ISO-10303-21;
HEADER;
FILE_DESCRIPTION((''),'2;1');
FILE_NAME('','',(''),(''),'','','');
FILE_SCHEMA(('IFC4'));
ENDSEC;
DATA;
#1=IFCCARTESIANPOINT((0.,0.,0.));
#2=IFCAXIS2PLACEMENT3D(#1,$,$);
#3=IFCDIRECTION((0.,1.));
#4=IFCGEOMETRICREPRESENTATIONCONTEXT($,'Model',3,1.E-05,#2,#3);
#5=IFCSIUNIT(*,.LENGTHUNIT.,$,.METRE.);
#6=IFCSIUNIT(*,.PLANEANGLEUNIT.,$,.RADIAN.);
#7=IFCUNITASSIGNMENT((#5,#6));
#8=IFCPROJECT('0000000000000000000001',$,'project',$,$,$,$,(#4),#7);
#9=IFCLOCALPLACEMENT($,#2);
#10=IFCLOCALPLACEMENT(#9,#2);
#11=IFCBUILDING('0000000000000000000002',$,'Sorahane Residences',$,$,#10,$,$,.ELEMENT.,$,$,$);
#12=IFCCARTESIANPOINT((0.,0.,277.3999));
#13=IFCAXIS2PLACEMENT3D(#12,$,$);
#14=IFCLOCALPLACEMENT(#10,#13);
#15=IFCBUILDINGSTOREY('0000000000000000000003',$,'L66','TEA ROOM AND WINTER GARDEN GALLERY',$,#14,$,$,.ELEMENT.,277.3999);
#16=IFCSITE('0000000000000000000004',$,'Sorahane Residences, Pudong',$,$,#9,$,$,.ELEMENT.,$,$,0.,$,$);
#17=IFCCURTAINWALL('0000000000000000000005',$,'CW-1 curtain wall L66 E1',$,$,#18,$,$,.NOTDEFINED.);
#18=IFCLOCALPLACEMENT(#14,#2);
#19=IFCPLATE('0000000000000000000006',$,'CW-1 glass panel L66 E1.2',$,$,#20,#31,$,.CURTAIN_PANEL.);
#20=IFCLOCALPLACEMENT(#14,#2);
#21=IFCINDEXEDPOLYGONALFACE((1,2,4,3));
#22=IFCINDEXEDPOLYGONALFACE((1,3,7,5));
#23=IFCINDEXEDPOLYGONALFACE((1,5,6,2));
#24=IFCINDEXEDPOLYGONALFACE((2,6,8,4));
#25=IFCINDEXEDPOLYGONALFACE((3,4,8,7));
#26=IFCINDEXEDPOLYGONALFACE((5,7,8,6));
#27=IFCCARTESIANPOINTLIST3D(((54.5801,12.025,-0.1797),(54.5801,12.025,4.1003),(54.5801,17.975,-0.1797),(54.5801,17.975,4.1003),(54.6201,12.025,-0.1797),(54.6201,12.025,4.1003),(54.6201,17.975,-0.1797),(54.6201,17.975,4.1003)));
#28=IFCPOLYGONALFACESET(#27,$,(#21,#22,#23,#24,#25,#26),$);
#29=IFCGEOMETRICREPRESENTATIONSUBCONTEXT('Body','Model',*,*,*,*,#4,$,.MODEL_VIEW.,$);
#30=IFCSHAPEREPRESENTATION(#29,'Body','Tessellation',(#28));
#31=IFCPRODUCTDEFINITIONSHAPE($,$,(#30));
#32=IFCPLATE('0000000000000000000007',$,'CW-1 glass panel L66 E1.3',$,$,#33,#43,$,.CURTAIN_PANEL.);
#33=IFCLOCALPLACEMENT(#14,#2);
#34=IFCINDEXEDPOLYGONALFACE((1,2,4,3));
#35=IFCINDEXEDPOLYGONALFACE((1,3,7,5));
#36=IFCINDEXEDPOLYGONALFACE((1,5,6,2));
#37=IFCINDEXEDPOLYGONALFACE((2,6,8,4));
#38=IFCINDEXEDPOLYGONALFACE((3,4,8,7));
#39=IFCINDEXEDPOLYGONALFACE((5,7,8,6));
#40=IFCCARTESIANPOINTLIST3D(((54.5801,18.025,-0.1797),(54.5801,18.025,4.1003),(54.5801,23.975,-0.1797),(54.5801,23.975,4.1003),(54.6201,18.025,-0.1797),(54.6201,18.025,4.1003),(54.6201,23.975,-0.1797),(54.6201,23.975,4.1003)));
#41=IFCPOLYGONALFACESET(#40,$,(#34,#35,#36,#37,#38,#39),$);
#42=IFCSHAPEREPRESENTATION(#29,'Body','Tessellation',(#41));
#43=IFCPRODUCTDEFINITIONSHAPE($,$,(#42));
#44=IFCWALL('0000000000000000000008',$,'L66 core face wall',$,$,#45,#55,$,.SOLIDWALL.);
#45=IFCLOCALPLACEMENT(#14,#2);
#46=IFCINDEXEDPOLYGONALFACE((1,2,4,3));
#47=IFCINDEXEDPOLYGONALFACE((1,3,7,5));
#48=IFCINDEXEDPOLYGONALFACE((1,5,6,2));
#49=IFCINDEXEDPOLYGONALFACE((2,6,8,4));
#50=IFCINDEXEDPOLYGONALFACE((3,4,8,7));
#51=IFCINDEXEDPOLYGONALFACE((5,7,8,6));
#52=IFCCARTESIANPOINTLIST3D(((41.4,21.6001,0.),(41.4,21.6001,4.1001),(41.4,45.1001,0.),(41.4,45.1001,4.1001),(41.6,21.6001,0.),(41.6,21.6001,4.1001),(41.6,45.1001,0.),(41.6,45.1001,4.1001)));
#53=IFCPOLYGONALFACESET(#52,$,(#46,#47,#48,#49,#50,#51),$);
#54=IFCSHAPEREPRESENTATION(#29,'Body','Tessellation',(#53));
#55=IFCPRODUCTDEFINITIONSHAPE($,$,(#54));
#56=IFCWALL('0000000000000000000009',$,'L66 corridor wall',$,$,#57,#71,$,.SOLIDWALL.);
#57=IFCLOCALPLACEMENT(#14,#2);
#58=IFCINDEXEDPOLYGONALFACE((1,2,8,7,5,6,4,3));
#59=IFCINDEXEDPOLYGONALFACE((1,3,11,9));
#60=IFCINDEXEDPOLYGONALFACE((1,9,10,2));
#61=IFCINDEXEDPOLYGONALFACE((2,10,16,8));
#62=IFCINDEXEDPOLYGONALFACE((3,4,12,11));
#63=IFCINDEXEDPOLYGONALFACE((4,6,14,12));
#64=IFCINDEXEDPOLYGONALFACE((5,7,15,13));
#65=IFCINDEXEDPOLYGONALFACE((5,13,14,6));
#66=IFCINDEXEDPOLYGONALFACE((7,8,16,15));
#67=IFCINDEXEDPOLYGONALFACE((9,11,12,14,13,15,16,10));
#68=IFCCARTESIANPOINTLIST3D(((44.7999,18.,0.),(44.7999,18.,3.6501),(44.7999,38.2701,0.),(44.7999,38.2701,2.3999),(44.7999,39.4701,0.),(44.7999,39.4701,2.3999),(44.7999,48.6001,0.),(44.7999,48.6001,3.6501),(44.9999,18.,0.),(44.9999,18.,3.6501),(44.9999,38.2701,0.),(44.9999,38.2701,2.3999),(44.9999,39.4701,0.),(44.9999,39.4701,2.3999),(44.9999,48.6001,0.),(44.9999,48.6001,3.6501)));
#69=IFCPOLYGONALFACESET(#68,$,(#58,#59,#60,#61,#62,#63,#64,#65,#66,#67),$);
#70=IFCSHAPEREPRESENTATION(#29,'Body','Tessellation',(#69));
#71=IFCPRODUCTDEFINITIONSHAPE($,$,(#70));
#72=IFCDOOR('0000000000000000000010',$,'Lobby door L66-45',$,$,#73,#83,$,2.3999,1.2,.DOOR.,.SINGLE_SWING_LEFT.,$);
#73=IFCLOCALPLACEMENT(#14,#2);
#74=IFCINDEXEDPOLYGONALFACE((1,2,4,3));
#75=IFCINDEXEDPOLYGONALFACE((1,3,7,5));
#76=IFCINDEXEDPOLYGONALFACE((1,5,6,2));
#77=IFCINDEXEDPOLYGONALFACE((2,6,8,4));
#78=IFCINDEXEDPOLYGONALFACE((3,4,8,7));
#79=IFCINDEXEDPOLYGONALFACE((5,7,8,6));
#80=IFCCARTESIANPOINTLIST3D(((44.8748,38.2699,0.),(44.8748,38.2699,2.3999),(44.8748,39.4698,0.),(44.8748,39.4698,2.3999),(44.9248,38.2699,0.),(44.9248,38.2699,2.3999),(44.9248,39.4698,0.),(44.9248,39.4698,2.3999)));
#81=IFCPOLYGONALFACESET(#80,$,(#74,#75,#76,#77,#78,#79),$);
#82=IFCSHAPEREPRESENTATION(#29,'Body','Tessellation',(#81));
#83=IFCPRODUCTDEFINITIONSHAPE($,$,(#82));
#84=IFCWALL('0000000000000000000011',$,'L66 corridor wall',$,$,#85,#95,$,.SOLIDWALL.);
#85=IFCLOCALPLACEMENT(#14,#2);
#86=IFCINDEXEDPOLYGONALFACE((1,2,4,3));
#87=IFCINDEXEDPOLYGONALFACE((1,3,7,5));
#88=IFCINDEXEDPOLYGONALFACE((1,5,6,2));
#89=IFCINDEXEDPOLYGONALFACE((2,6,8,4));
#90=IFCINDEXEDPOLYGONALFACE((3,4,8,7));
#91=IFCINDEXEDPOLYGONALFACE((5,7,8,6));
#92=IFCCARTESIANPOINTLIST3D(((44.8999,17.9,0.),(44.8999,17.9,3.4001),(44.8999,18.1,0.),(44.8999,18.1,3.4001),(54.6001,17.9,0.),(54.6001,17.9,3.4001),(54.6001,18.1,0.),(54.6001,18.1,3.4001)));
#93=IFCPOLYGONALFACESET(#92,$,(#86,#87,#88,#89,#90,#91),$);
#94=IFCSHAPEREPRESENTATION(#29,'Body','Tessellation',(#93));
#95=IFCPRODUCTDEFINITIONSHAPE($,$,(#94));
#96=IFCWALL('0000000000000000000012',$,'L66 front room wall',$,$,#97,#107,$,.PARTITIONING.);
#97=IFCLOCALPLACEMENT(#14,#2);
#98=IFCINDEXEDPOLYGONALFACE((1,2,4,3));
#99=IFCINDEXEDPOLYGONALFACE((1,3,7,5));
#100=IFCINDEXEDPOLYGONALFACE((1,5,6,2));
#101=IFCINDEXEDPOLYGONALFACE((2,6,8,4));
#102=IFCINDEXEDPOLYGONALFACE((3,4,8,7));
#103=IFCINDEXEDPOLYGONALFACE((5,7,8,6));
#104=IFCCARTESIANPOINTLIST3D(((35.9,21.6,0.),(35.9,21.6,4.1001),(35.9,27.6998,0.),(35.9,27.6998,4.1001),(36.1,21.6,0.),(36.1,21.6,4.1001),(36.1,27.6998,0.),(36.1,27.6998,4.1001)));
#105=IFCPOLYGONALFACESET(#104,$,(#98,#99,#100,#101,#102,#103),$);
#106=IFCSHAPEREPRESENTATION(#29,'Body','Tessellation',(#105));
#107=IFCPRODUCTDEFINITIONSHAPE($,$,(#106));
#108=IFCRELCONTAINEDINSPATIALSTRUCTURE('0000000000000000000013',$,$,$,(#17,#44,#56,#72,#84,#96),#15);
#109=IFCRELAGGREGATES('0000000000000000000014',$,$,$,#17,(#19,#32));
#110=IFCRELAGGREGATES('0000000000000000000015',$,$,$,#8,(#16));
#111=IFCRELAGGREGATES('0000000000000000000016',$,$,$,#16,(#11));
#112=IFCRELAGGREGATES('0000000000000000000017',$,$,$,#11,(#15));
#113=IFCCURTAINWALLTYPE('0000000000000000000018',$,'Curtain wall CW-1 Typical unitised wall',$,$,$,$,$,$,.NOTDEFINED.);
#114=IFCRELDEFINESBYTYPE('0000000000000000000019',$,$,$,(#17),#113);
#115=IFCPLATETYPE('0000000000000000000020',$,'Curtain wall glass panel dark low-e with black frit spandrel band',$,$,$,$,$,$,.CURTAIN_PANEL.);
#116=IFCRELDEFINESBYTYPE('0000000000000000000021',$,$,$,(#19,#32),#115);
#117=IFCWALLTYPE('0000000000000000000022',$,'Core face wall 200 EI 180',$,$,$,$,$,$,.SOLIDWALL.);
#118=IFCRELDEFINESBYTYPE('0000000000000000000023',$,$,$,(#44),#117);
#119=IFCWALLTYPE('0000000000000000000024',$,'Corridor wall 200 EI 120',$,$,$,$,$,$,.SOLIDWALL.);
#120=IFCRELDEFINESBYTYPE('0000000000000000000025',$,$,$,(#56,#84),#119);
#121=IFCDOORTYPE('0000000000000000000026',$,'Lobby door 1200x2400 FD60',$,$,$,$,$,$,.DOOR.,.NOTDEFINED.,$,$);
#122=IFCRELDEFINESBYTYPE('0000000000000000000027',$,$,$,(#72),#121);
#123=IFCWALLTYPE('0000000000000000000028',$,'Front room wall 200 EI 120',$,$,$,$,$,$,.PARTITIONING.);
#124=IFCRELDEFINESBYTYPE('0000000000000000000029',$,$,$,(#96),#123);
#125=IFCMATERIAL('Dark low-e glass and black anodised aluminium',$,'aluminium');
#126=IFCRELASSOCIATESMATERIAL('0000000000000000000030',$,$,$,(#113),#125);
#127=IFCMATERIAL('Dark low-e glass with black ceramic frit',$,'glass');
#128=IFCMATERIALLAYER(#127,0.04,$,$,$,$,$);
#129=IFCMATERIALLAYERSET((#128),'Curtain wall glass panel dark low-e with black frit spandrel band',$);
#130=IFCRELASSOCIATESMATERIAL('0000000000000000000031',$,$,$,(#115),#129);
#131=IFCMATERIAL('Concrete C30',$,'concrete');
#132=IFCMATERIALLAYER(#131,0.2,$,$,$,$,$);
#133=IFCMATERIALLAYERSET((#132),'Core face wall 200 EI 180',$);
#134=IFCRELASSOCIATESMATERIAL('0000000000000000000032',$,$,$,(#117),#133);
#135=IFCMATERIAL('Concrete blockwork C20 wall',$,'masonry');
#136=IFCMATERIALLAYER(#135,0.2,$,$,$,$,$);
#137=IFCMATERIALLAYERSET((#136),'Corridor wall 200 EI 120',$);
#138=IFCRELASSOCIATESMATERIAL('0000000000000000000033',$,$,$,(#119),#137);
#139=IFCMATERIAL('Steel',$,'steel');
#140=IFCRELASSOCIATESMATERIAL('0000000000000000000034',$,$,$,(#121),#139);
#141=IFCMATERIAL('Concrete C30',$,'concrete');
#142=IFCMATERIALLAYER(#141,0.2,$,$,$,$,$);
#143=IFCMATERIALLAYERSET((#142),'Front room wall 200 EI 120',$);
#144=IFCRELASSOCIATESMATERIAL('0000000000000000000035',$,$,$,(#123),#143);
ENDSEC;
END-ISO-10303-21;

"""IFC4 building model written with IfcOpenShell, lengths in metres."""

from ifc_helpers import new_model, si_unit, direction, frame, frame_2d, origin, origin_2d, place, context, subcontext, project, spatial, rectangle, extrude, material, layer, layer_set, type_object, element, fill, aggregate, save


model = new_model("IFC4")

# Units and contexts
model_context = context("Model", 3, precision=1e-05, world=origin(), true_north=direction((0.0, 1.0)))
body_context = subcontext(model_context, "Body", "Model", "MODEL_VIEW")
ifc_project = project(units=[si_unit("LENGTHUNIT", "METRE"), si_unit("PLANEANGLEUNIT", "RADIAN")], contexts=[model_context])

# Site, building, storey
site_placement = place(None, origin())
site = spatial("IfcSite", under=ifc_project, at=site_placement, Name="Sorahane Residences, Pudong", CompositionType="ELEMENT", RefElevation=0.0)
building_placement = place(site_placement, origin())
building = spatial("IfcBuilding", under=site, at=building_placement, Name="Sorahane Residences", CompositionType="ELEMENT")
storey_placement = place(building_placement, frame((0.0, 0.0, 277.3999)))
storey = spatial("IfcBuildingStorey", under=building, at=storey_placement, Name="L66", Description="TEA ROOM AND WINTER GARDEN GALLERY", CompositionType="ELEMENT", Elevation=277.3999)

# Curtain wall
ifc_material_1 = material(Name="Dark low-e glass and black anodised aluminium", Category="aluminium")
curtain_wall_type = type_object("IfcCurtainWallType", Name="Curtain wall CW-1 Typical unitised wall", PredefinedType="NOTDEFINED", material=ifc_material_1)
curtain_wall_placement = place(storey_placement, origin())
curtain_wall = element("IfcCurtainWall", 1, at=curtain_wall_placement, inside=storey, type_object=curtain_wall_type, Name="CW-1 curtain wall L66 E1", PredefinedType="NOTDEFINED")

# Plates
ifc_material_2 = material(Name="Dark low-e glass with black ceramic frit", Category="glass")
ifc_layer_1 = layer(ifc_material_2, 0.04)
ifc_layer_set_1 = layer_set([ifc_layer_1], Name="Curtain wall glass panel dark low-e with black frit spandrel band")
plate_type = type_object("IfcPlateType", Name="Curtain wall glass panel dark low-e with black frit spandrel band", PredefinedType="CURTAIN_PANEL", material=ifc_layer_set_1)
plate_1_placement = place(storey_placement, frame((54.6001, 15.0, -0.1797), z_axis=(0.0, 0.0, 1.0), x_axis=(0.0, 1.0, 0.0)))
plate_1 = element("IfcPlate", 2, at=plate_1_placement, type_object=plate_type, Name="CW-1 glass panel L66 E1.2", PredefinedType="CURTAIN_PANEL", context=body_context, shape_type="SweptSolid", body=[
    extrude(rectangle(XDim=5.95, YDim=0.04, at=origin_2d()), origin(), (0.0, 0.0, 1.0), 4.28),
])
plate_2_placement = place(storey_placement, frame((54.6001, 21.0, -0.1797), z_axis=(0.0, 0.0, 1.0), x_axis=(0.0, 1.0, 0.0)))
plate_2 = element("IfcPlate", 3, at=plate_2_placement, type_object=plate_type, Name="CW-1 glass panel L66 E1.3", PredefinedType="CURTAIN_PANEL", context=body_context, shape_type="SweptSolid", body=[
    extrude(rectangle(XDim=5.95, YDim=0.04, at=origin_2d()), origin(), (0.0, 0.0, 1.0), 4.28),
])
aggregate(curtain_wall, [plate_1, plate_2])

# Wall
ifc_material_3 = material(Name="Concrete C30", Category="concrete")
ifc_layer_2 = layer(ifc_material_3, 0.2)
ifc_layer_set_2 = layer_set([ifc_layer_2], Name="Core face wall 200 EI 180")
wall_type_1 = type_object("IfcWallType", Name="Core face wall 200 EI 180", PredefinedType="SOLIDWALL", material=ifc_layer_set_2)
wall_1_placement = place(storey_placement, frame((41.5, 21.6001, 0.0), z_axis=(0.0, 0.0, 1.0), x_axis=(0.0, 1.0, 0.0)))
element("IfcWall", 4, at=wall_1_placement, inside=storey, type_object=wall_type_1, Name="L66 core face wall", PredefinedType="SOLIDWALL", context=body_context, shape_type="SweptSolid", body=[
    extrude(rectangle(XDim=23.5, YDim=0.2, at=frame_2d((11.75, 0.0))), origin(), (0.0, 0.0, 1.0), 4.1001),
])

# Wall, opening, door
ifc_material_4 = material(Name="Concrete blockwork C20 wall", Category="masonry")
ifc_layer_3 = layer(ifc_material_4, 0.2)
ifc_layer_set_3 = layer_set([ifc_layer_3], Name="Corridor wall 200 EI 120")
wall_type_2 = type_object("IfcWallType", Name="Corridor wall 200 EI 120", PredefinedType="SOLIDWALL", material=ifc_layer_set_3)
wall_2_placement = place(storey_placement, frame((44.8999, 18.0, 0.0), z_axis=(0.0, 0.0, 1.0), x_axis=(0.0, 1.0, 0.0)))
wall_2 = element("IfcWall", 5, at=wall_2_placement, inside=storey, type_object=wall_type_2, Name="L66 corridor wall", PredefinedType="SOLIDWALL", context=body_context, shape_type="SweptSolid", body=[
    extrude(rectangle(XDim=30.6001, YDim=0.2, at=frame_2d((15.3, 0.0))), origin(), (0.0, 0.0, 1.0), 3.6501),
])
opening_1_placement = place(wall_2_placement, frame((20.27, 0.0, 0.0)))
opening_1 = element("IfcOpeningElement", 6, at=opening_1_placement, cuts=wall_2, PredefinedType="OPENING", context=body_context, shape_type="SweptSolid", body=[
    extrude(rectangle(XDim=1.2, YDim=2.3999, at=frame_2d((0.6001, 1.2))), frame((0.0, 0.1099, 0.0), z_axis=(0.0, -1.0, 0.0), x_axis=(1.0, 0.0, 0.0)), (0.0, 0.0, 1.0), 0.22),
])
ifc_material_5 = material(Name="Steel", Category="steel")
door_type_1 = type_object("IfcDoorType", Name="Lobby door 1200x2400 FD60", OperationType="NOTDEFINED", PredefinedType="DOOR", material=ifc_material_5)
door_1_placement = place(opening_1_placement, frame((1.2, 0.0, 0.0), z_axis=(0.0, 0.0, 1.0), x_axis=(-1.0, 0.0, 0.0)))
door_1 = element("IfcDoor", 7, at=door_1_placement, inside=storey, type_object=door_type_1, Name="Lobby door L66-45", OperationType="SINGLE_SWING_LEFT", OverallHeight=2.3999, OverallWidth=1.2, PredefinedType="DOOR", context=body_context, shape_type="SweptSolid", body=[
    extrude(rectangle(XDim=1.2, YDim=2.3999, at=frame_2d((0.6001, 1.2))), frame((0.0, 0.0249, 0.0), z_axis=(0.0, -1.0, 0.0), x_axis=(1.0, 0.0, 0.0)), (0.0, 0.0, 1.0), 0.05),
])
fill(opening_1, door_1)

# Walls
wall_3_placement = place(storey_placement, frame((44.8999, 18.0, 0.0), z_axis=(0.0, 0.0, 1.0), x_axis=(1.0, 0.0, 0.0)))
element("IfcWall", 8, at=wall_3_placement, inside=storey, type_object=wall_type_2, Name="L66 corridor wall", PredefinedType="SOLIDWALL", context=body_context, shape_type="SweptSolid", body=[
    extrude(rectangle(XDim=9.7002, YDim=0.2, at=frame_2d((4.8501, 0.0))), origin(), (0.0, 0.0, 1.0), 3.4001),
])
ifc_material_6 = material(Name="Concrete C30", Category="concrete")
ifc_layer_4 = layer(ifc_material_6, 0.2)
ifc_layer_set_4 = layer_set([ifc_layer_4], Name="Front room wall 200 EI 120")
wall_type_3 = type_object("IfcWallType", Name="Front room wall 200 EI 120", PredefinedType="PARTITIONING", material=ifc_layer_set_4)
wall_4_placement = place(storey_placement, frame((36.0, 21.6001, 0.0), z_axis=(0.0, 0.0, 1.0), x_axis=(0.0, 1.0, 0.0)))
element("IfcWall", 9, at=wall_4_placement, inside=storey, type_object=wall_type_3, Name="L66 front room wall", PredefinedType="PARTITIONING", context=body_context, shape_type="SweptSolid", body=[
    extrude(rectangle(XDim=6.0999, YDim=0.2, at=frame_2d((3.0498, 0.0))), origin(), (0.0, 0.0, 1.0), 4.1001),
])

save(model, "model.ifc")
